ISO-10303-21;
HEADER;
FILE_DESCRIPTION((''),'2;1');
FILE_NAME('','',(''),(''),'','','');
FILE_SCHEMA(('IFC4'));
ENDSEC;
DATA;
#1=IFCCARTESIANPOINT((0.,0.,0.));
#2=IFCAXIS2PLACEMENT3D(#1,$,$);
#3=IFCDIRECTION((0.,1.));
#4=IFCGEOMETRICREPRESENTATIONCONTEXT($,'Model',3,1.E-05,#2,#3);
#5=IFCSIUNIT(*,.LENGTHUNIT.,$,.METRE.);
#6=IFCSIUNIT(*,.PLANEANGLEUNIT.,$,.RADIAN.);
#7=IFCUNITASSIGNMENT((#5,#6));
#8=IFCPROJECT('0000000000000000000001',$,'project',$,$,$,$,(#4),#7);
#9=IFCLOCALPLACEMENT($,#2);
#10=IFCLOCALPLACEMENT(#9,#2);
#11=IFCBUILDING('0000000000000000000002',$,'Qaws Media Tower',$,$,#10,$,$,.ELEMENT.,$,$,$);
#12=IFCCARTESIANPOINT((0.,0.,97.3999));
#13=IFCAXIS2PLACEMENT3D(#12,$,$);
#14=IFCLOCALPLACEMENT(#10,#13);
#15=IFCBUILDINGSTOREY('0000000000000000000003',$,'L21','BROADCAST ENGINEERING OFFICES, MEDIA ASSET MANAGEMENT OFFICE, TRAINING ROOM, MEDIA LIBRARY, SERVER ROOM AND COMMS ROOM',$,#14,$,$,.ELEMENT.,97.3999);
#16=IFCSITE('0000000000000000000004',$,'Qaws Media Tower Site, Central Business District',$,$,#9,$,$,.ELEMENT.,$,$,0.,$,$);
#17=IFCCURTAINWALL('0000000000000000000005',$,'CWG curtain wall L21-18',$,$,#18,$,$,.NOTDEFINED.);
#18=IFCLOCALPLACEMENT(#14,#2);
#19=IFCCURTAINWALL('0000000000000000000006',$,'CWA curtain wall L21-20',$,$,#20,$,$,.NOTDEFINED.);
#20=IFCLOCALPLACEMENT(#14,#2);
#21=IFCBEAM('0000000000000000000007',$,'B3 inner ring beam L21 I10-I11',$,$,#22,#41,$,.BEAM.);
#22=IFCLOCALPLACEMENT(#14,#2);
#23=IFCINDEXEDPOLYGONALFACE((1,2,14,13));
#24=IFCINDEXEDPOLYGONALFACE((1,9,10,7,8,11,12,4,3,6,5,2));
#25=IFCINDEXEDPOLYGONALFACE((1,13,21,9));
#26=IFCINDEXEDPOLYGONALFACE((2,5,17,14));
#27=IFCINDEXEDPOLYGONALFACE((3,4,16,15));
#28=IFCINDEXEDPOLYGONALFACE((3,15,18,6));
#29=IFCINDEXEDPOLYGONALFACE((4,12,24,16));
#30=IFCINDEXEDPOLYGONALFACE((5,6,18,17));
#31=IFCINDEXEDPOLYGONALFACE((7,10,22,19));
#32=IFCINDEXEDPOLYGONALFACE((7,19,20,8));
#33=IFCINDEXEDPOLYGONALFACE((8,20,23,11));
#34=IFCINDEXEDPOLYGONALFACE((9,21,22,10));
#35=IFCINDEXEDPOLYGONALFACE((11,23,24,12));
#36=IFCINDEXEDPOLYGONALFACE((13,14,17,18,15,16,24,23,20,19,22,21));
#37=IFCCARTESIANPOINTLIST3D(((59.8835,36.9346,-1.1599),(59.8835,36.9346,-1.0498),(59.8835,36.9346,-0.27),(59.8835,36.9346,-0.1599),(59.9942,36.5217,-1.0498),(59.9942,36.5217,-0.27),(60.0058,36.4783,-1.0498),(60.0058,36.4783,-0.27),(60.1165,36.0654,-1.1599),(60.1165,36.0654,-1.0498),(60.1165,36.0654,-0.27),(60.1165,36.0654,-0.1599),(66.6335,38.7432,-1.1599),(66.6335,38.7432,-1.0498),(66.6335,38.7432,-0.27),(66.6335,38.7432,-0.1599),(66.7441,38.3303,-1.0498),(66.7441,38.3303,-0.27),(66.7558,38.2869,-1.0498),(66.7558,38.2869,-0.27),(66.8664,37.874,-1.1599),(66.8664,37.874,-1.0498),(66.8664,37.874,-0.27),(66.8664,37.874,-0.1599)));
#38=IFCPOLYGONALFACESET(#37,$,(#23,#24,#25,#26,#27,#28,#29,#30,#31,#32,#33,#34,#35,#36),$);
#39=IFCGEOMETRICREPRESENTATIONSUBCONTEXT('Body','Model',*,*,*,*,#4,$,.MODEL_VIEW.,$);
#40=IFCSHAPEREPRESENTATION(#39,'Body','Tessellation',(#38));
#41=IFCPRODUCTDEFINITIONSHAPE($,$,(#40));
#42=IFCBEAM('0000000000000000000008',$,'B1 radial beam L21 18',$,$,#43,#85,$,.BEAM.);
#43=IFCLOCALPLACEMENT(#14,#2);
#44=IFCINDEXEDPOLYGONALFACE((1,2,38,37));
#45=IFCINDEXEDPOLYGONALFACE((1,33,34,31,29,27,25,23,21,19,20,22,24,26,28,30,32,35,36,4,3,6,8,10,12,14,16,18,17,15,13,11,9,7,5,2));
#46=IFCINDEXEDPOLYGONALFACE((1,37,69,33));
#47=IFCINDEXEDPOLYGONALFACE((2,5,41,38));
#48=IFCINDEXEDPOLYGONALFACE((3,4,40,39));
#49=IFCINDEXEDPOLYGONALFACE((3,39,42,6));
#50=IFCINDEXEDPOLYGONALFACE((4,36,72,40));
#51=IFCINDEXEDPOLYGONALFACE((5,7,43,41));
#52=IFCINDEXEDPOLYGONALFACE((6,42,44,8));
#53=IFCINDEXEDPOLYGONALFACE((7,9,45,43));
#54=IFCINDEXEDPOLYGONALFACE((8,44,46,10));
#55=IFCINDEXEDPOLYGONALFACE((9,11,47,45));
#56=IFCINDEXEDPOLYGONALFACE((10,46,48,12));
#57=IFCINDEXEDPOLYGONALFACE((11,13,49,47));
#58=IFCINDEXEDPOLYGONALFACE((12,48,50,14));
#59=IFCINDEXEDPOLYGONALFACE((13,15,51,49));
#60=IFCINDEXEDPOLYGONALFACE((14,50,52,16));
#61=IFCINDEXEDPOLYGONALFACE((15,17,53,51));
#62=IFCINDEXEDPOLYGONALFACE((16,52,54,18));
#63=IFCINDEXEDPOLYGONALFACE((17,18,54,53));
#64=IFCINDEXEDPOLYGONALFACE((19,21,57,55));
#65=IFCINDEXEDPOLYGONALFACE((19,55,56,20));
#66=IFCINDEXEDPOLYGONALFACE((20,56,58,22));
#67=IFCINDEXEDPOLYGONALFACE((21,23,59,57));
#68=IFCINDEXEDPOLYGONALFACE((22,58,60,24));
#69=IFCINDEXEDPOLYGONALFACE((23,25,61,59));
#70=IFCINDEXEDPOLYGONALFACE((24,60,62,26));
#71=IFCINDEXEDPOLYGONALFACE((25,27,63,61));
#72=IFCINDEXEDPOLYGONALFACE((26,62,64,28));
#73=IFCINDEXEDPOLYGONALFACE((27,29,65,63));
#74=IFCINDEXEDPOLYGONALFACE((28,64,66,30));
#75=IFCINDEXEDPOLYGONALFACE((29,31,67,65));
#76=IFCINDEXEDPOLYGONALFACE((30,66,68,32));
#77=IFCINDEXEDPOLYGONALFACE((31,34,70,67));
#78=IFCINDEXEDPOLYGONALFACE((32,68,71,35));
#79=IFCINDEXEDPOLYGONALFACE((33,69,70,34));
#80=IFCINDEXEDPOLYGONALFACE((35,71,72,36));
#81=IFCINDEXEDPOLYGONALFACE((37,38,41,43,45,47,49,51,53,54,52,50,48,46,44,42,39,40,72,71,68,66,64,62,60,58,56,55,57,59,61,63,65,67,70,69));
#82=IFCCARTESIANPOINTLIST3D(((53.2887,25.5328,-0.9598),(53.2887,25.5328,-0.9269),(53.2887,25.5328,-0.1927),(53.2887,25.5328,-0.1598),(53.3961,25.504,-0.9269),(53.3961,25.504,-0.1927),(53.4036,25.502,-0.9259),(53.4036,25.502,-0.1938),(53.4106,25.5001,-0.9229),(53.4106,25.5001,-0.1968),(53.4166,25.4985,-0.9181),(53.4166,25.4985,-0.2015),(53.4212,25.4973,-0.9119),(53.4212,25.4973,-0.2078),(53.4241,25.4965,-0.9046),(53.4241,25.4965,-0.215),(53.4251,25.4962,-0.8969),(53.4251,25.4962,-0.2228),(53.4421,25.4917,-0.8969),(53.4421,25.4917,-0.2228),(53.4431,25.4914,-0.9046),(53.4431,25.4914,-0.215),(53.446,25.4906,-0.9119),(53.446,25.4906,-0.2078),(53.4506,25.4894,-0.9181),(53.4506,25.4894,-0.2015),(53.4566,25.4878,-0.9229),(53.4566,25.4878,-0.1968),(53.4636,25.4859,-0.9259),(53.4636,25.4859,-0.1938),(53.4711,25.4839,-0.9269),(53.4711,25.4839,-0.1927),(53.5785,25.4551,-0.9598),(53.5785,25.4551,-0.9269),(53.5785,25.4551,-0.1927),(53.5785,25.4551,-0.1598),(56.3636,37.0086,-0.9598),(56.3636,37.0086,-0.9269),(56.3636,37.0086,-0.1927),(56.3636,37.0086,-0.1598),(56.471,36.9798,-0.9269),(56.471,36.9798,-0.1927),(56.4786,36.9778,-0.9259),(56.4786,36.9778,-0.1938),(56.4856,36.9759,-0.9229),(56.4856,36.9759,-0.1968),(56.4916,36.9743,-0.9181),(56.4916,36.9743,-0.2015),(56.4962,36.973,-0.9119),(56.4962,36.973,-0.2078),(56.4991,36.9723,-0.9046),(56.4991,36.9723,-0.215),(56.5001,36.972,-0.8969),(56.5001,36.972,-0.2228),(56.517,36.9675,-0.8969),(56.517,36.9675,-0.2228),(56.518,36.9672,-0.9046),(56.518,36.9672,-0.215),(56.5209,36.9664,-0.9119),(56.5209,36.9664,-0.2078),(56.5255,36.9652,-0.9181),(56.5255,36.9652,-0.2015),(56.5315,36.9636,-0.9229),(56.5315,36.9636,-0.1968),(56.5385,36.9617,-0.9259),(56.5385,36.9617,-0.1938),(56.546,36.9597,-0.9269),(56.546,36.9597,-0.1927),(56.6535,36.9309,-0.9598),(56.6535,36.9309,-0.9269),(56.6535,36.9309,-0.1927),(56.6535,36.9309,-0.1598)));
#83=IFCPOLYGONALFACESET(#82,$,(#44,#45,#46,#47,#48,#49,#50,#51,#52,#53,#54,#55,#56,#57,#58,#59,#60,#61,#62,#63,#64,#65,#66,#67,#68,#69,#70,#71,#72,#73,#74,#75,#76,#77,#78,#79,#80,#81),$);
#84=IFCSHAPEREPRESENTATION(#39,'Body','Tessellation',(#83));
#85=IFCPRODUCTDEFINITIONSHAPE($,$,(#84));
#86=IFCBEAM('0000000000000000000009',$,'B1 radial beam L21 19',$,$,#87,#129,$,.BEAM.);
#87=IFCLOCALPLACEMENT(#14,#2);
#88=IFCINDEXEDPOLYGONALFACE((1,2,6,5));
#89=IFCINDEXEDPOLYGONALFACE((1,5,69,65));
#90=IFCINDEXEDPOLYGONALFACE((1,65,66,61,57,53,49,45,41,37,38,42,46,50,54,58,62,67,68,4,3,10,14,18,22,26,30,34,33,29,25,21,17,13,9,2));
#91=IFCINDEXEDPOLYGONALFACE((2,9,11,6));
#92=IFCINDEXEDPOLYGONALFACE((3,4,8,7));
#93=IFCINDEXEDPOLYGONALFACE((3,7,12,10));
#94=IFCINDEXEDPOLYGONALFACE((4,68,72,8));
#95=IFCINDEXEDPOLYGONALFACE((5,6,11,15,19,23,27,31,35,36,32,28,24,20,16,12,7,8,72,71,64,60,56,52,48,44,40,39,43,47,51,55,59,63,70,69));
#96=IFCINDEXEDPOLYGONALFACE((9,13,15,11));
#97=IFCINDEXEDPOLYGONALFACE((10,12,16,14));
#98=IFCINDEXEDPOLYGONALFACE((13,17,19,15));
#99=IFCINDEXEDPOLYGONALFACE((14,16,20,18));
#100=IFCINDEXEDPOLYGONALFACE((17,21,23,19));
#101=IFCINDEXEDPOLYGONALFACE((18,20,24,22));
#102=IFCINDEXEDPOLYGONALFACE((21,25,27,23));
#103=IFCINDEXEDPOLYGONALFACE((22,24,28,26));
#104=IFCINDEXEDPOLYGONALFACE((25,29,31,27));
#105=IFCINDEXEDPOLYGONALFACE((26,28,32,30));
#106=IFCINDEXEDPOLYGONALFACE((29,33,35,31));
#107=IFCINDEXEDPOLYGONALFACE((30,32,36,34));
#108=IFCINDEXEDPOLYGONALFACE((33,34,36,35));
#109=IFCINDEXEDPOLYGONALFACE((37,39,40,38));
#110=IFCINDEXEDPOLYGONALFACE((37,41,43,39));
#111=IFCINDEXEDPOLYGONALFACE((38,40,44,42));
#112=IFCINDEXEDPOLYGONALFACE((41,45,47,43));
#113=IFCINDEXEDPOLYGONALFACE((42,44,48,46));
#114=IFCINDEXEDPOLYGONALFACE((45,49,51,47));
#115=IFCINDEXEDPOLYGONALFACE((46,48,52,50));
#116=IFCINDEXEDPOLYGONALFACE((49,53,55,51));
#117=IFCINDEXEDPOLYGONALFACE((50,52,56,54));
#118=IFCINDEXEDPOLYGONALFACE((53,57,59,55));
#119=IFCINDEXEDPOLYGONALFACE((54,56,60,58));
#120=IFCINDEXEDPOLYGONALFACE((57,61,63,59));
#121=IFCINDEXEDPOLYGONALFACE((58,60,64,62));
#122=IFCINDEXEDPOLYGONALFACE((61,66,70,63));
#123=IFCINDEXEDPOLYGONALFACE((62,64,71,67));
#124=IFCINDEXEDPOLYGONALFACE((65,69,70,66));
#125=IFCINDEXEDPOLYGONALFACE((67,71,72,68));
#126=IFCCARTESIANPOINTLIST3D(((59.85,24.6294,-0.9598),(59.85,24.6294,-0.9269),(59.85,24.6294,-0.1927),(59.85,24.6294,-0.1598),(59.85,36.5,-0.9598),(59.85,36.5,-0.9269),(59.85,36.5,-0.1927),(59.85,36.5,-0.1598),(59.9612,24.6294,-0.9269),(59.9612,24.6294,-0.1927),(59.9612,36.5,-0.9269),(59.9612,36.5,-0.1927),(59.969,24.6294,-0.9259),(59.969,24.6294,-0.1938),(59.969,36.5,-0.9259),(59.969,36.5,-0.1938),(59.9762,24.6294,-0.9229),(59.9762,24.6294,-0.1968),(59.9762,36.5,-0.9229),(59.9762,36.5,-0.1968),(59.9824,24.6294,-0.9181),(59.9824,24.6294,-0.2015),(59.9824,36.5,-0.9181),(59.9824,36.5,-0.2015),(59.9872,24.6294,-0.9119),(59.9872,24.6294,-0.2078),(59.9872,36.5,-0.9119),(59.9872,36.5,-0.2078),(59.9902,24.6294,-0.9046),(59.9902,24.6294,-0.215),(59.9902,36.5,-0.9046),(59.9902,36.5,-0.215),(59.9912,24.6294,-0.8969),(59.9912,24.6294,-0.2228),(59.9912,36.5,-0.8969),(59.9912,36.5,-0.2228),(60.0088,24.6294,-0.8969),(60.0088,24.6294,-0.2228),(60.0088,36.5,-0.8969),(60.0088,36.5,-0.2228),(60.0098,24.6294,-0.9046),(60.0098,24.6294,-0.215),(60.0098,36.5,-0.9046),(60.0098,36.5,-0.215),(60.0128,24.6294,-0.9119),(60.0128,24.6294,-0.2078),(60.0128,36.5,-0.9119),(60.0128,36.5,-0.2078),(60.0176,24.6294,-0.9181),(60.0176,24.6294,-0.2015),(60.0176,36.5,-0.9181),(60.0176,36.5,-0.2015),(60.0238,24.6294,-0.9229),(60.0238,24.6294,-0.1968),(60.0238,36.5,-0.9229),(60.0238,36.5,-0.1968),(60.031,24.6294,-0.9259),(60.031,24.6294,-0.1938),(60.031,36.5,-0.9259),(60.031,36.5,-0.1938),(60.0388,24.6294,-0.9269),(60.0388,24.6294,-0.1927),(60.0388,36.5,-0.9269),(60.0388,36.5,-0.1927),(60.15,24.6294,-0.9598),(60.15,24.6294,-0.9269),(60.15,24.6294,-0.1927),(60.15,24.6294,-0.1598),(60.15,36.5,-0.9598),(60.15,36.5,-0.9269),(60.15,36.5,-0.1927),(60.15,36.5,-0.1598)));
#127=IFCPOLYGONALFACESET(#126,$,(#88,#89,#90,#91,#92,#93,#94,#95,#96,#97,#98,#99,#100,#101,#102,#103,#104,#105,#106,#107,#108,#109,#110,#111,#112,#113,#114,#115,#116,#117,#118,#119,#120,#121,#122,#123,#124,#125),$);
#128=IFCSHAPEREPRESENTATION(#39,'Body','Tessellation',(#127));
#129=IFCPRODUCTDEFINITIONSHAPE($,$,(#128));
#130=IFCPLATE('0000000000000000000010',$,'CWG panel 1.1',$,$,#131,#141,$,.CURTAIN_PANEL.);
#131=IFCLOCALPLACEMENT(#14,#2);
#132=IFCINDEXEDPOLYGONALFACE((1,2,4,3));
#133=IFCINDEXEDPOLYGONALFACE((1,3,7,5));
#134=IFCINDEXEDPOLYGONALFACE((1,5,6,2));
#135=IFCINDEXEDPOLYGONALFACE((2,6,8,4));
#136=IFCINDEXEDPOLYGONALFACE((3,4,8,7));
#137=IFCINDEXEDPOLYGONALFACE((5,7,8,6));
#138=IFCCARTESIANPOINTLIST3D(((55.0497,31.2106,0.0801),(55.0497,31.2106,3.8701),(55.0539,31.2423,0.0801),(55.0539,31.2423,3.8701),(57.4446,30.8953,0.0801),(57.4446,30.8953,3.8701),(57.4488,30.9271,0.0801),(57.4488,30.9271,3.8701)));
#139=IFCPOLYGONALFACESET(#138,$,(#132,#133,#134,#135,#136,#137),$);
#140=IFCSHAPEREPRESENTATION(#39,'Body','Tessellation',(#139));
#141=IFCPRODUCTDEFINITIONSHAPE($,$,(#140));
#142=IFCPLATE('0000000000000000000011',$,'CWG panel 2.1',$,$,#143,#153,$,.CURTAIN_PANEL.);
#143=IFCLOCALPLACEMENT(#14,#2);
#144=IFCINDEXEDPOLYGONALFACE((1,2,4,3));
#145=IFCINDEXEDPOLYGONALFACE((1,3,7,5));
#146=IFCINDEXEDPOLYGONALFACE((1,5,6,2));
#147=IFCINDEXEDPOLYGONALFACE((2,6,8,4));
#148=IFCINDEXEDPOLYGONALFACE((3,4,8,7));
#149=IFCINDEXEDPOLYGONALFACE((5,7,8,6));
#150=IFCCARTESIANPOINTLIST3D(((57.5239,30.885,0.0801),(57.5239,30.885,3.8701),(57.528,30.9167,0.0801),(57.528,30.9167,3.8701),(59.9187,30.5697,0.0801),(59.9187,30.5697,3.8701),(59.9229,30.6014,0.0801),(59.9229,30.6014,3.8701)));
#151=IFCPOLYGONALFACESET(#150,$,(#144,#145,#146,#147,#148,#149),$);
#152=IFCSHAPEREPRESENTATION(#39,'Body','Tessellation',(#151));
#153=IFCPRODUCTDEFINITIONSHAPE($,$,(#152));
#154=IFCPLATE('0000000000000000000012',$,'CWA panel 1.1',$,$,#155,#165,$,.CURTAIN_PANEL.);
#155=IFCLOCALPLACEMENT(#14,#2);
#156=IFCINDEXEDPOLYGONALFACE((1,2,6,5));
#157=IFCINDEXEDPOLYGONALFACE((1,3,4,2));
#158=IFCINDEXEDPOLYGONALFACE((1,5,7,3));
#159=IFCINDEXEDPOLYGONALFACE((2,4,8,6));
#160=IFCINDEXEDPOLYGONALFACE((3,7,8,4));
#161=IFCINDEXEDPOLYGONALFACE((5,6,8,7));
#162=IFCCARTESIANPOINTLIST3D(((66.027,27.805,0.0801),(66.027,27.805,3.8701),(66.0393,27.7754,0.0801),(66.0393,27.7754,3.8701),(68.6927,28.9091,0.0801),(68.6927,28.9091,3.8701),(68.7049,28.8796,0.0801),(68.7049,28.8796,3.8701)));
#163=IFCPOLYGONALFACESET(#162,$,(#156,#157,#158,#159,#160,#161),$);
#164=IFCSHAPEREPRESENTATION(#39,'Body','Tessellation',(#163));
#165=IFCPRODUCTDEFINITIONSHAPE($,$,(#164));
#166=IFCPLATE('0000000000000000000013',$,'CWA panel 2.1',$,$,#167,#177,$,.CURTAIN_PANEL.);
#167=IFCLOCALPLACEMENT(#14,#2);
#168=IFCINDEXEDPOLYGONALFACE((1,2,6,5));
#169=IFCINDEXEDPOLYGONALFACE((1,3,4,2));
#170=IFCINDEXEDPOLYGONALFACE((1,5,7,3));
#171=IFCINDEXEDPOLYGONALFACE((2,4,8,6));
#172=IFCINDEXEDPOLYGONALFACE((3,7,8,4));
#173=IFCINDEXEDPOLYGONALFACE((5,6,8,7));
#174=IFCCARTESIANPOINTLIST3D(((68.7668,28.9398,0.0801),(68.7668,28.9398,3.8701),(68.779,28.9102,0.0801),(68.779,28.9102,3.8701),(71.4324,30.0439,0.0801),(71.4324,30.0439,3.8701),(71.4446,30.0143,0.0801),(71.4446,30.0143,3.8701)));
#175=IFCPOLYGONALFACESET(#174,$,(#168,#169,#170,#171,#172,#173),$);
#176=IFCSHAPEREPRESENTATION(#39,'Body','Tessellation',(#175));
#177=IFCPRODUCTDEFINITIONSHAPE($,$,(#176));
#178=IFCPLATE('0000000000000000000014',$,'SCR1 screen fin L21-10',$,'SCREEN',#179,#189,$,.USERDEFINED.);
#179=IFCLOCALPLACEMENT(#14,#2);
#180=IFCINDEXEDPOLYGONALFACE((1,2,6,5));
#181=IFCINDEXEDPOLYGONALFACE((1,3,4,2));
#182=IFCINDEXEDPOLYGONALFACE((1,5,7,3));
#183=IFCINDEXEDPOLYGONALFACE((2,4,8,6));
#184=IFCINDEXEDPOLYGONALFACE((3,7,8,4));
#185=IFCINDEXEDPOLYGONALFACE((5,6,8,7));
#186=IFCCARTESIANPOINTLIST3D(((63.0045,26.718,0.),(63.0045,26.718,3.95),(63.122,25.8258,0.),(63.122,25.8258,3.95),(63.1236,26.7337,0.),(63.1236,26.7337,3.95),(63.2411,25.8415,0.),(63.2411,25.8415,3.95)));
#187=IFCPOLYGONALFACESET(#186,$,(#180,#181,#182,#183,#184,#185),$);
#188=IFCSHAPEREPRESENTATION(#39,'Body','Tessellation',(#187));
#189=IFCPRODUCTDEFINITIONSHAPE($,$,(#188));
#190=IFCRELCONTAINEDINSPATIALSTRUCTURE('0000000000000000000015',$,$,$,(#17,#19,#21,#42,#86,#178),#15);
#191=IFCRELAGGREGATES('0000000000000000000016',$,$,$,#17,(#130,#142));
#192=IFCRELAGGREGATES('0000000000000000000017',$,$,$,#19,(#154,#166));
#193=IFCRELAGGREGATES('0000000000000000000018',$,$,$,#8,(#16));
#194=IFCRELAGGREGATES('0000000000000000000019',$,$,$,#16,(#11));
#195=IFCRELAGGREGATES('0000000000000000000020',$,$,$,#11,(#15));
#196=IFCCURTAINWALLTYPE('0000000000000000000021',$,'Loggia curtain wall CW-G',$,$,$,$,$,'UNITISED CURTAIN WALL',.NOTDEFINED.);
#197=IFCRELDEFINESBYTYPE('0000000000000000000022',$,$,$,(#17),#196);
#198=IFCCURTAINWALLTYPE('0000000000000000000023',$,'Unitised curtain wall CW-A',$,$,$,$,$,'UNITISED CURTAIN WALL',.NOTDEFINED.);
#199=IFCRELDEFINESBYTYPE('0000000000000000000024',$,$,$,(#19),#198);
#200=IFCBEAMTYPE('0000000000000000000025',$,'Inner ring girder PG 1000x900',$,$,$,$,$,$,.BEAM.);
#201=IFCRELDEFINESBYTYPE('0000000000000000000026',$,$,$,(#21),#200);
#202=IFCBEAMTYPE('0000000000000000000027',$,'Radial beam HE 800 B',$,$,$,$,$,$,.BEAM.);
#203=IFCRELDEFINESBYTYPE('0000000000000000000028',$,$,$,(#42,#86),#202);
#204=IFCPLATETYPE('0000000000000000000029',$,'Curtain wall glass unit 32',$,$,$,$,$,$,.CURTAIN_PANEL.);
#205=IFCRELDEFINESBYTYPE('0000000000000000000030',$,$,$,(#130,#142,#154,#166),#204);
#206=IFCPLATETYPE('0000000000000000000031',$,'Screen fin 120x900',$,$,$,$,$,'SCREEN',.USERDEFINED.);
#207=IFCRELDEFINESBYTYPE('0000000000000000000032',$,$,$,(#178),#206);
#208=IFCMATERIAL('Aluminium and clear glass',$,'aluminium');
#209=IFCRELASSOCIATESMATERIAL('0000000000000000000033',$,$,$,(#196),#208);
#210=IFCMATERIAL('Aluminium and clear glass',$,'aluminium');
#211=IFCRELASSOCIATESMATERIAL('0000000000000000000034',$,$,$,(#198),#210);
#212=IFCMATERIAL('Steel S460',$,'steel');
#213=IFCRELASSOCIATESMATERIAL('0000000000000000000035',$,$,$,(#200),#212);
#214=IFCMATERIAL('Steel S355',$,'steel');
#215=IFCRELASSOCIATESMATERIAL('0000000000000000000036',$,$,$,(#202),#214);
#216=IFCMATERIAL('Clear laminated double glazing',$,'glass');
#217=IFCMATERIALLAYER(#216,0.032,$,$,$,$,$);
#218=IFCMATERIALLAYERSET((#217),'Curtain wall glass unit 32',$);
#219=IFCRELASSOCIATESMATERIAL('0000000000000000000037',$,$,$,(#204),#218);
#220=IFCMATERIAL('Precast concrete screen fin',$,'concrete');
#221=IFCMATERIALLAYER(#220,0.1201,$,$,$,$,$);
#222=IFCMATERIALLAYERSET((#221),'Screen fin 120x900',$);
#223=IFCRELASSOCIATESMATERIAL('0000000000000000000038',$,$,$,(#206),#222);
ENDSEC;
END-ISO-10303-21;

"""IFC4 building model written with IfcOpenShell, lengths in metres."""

from ifc_helpers import new_model, si_unit, direction, frame, origin, origin_2d, place, context, subcontext, project, spatial, rectangle, i_section, extrude, material, layer, layer_set, material_profile, profile_set, type_object, element, aggregate, save


model = new_model("IFC4")

# Units and contexts
model_context = context("Model", 3, precision=1e-05, world=origin(), true_north=direction((0.0, 1.0)))
body_context = subcontext(model_context, "Body", "Model", "MODEL_VIEW")
ifc_project = project(units=[si_unit("LENGTHUNIT", "METRE"), si_unit("PLANEANGLEUNIT", "RADIAN")], contexts=[model_context])

# Site, building, storey
site_placement = place(None, origin())
site = spatial("IfcSite", under=ifc_project, at=site_placement, Name="Qaws Media Tower Site, Central Business District", CompositionType="ELEMENT", RefElevation=0.0)
building_placement = place(site_placement, origin())
building = spatial("IfcBuilding", under=site, at=building_placement, Name="Qaws Media Tower", CompositionType="ELEMENT")
storey_placement = place(building_placement, frame((0.0, 0.0, 97.3999)))
storey = spatial("IfcBuildingStorey", under=building, at=storey_placement, Name="L21", Description="BROADCAST ENGINEERING OFFICES, MEDIA ASSET MANAGEMENT OFFICE, TRAINING ROOM, MEDIA LIBRARY, SERVER ROOM AND COMMS ROOM", CompositionType="ELEMENT", Elevation=97.3999)

# Curtain walls
ifc_material_1 = material(Name="Aluminium and clear glass", Category="aluminium")
curtain_wall_type_1 = type_object("IfcCurtainWallType", Name="Loggia curtain wall CW-G", ElementType="UNITISED CURTAIN WALL", PredefinedType="NOTDEFINED", material=ifc_material_1)
curtain_wall_1_placement = place(storey_placement, origin())
curtain_wall_1 = element("IfcCurtainWall", 1, at=curtain_wall_1_placement, inside=storey, type_object=curtain_wall_type_1, Name="CWG curtain wall L21-18", PredefinedType="NOTDEFINED")
ifc_material_2 = material(Name="Aluminium and clear glass", Category="aluminium")
curtain_wall_type_2 = type_object("IfcCurtainWallType", Name="Unitised curtain wall CW-A", ElementType="UNITISED CURTAIN WALL", PredefinedType="NOTDEFINED", material=ifc_material_2)
curtain_wall_2_placement = place(storey_placement, origin())
curtain_wall_2 = element("IfcCurtainWall", 2, at=curtain_wall_2_placement, inside=storey, type_object=curtain_wall_type_2, Name="CWA curtain wall L21-20", PredefinedType="NOTDEFINED")

# Beams
ifc_material_3 = material(Name="Steel S460", Category="steel")
ifc_material_profile_1 = material_profile(ifc_material_3, i_section(OverallWidth=0.8999, OverallDepth=1.0, WebThickness=0.0449, FlangeThickness=0.1101, at=origin_2d()), Name="PG 1000x900")
ifc_profile_set_1 = profile_set([ifc_material_profile_1], Name="Steel S460")
beam_type_1 = type_object("IfcBeamType", Name="Inner ring girder PG 1000x900", PredefinedType="BEAM", material=ifc_profile_set_1)
beam_1_placement = place(storey_placement, frame((60.0, 36.5, -0.6599), z_axis=(0.965928, 0.258811, 0.0), x_axis=(-0.258811, 0.965928, 0.0)))
element("IfcBeam", 3, at=beam_1_placement, inside=storey, type_object=beam_type_1, Name="B3 inner ring beam L21 I10-I11", PredefinedType="BEAM", context=body_context, shape_type="SweptSolid", body=[
    extrude(i_section(OverallWidth=0.8999, OverallDepth=1.0, WebThickness=0.0449, FlangeThickness=0.1101, at=origin_2d()), origin(), (0.0, 0.0, 1.0), 6.988),
])
ifc_material_4 = material(Name="Steel S355", Category="steel")
ifc_material_profile_2 = material_profile(ifc_material_4, i_section(OverallWidth=0.3, OverallDepth=0.8, WebThickness=0.0176, FlangeThickness=0.033, FilletRadius=0.03, at=origin_2d()), Name="HE 800 B")
ifc_profile_set_2 = profile_set([ifc_material_profile_2], Name="Steel S355")
beam_type_2 = type_object("IfcBeamType", Name="Radial beam HE 800 B", PredefinedType="BEAM", material=ifc_profile_set_2)
beam_2_placement = place(storey_placement, frame((56.5085, 36.9697, -0.5598), z_axis=(-0.25882, -0.965926, 0.0), x_axis=(0.965926, -0.25882, 0.0)))
element("IfcBeam", 4, at=beam_2_placement, inside=storey, type_object=beam_type_2, Name="B1 radial beam L21 18", PredefinedType="BEAM", context=body_context, shape_type="SweptSolid", body=[
    extrude(i_section(OverallWidth=0.3, OverallDepth=0.8, WebThickness=0.0176, FlangeThickness=0.033, FilletRadius=0.03, at=origin_2d()), origin(), (0.0, 0.0, 1.0), 11.8806),
])
beam_3_placement = place(storey_placement, frame((60.0, 36.5, -0.5598), z_axis=(0.0, -1.0, 0.0), x_axis=(1.0, 0.0, 0.0)))
element("IfcBeam", 5, at=beam_3_placement, inside=storey, type_object=beam_type_2, Name="B1 radial beam L21 19", PredefinedType="BEAM", context=body_context, shape_type="SweptSolid", body=[
    extrude(i_section(OverallWidth=0.3, OverallDepth=0.8, WebThickness=0.0176, FlangeThickness=0.033, FilletRadius=0.03, at=origin_2d()), origin(), (0.0, 0.0, 1.0), 11.8706),
])

# Plates
ifc_material_5 = material(Name="Clear laminated double glazing", Category="glass")
ifc_layer_1 = layer(ifc_material_5, 0.032)
ifc_layer_set_1 = layer_set([ifc_layer_1], Name="Curtain wall glass unit 32")
plate_type_1 = type_object("IfcPlateType", Name="Curtain wall glass unit 32", PredefinedType="CURTAIN_PANEL", material=ifc_layer_set_1)
plate_1_placement = place(storey_placement, frame((56.2493, 31.0688, 0.0801), z_axis=(0.0, 0.0, 1.0), x_axis=(0.991445, -0.130526, 0.0)))
plate_1 = element("IfcPlate", 6, at=plate_1_placement, type_object=plate_type_1, Name="CWG panel 1.1", PredefinedType="CURTAIN_PANEL", context=body_context, shape_type="SweptSolid", body=[
    extrude(rectangle(XDim=2.4155, YDim=0.032, at=origin_2d()), origin(), (0.0, 0.0, 1.0), 3.79),
])
plate_2_placement = place(storey_placement, frame((58.7234, 30.7432, 0.0801), z_axis=(0.0, 0.0, 1.0), x_axis=(0.991445, -0.130526, 0.0)))
plate_2 = element("IfcPlate", 7, at=plate_2_placement, type_object=plate_type_1, Name="CWG panel 2.1", PredefinedType="CURTAIN_PANEL", context=body_context, shape_type="SweptSolid", body=[
    extrude(rectangle(XDim=2.4155, YDim=0.032, at=origin_2d()), origin(), (0.0, 0.0, 1.0), 3.79),
])
aggregate(curtain_wall_1, [plate_1, plate_2])
plate_3_placement = place(storey_placement, frame((67.366, 28.3423, 0.0801), z_axis=(0.0, 0.0, 1.0), x_axis=(0.92388, 0.382683, 0.0)))
plate_3 = element("IfcPlate", 8, at=plate_3_placement, type_object=plate_type_1, Name="CWA panel 1.1", PredefinedType="CURTAIN_PANEL", context=body_context, shape_type="SweptSolid", body=[
    extrude(rectangle(XDim=2.8853, YDim=0.032, at=origin_2d()), origin(), (0.0, 0.0, 1.0), 3.79),
])
plate_4_placement = place(storey_placement, frame((70.1057, 29.4771, 0.0801), z_axis=(0.0, 0.0, 1.0), x_axis=(0.92388, 0.382683, 0.0)))
plate_4 = element("IfcPlate", 9, at=plate_4_placement, type_object=plate_type_1, Name="CWA panel 2.1", PredefinedType="CURTAIN_PANEL", context=body_context, shape_type="SweptSolid", body=[
    extrude(rectangle(XDim=2.8853, YDim=0.032, at=origin_2d()), origin(), (0.0, 0.0, 1.0), 3.79),
])
aggregate(curtain_wall_2, [plate_3, plate_4])
ifc_material_6 = material(Name="Precast concrete screen fin", Category="concrete")
ifc_layer_2 = layer(ifc_material_6, 0.1201)
ifc_layer_set_2 = layer_set([ifc_layer_2], Name="Screen fin 120x900")
plate_type_2 = type_object("IfcPlateType", Name="Screen fin 120x900", ElementType="SCREEN", PredefinedType="USERDEFINED", material=ifc_layer_set_2)
plate_5_placement = place(storey_placement, frame((63.1228, 26.2798, 0.0), z_axis=(0.0, 0.0, 1.0), x_axis=(0.130526, -0.991445, 0.0)))
element("IfcPlate", 10, at=plate_5_placement, inside=storey, type_object=plate_type_2, Name="SCR1 screen fin L21-10", ObjectType="SCREEN", PredefinedType="USERDEFINED", context=body_context, shape_type="SweptSolid", body=[
    extrude(rectangle(XDim=0.8999, YDim=0.1201, at=origin_2d()), origin(), (0.0, 0.0, 1.0), 3.95),
])

save(model, "model.ifc")
